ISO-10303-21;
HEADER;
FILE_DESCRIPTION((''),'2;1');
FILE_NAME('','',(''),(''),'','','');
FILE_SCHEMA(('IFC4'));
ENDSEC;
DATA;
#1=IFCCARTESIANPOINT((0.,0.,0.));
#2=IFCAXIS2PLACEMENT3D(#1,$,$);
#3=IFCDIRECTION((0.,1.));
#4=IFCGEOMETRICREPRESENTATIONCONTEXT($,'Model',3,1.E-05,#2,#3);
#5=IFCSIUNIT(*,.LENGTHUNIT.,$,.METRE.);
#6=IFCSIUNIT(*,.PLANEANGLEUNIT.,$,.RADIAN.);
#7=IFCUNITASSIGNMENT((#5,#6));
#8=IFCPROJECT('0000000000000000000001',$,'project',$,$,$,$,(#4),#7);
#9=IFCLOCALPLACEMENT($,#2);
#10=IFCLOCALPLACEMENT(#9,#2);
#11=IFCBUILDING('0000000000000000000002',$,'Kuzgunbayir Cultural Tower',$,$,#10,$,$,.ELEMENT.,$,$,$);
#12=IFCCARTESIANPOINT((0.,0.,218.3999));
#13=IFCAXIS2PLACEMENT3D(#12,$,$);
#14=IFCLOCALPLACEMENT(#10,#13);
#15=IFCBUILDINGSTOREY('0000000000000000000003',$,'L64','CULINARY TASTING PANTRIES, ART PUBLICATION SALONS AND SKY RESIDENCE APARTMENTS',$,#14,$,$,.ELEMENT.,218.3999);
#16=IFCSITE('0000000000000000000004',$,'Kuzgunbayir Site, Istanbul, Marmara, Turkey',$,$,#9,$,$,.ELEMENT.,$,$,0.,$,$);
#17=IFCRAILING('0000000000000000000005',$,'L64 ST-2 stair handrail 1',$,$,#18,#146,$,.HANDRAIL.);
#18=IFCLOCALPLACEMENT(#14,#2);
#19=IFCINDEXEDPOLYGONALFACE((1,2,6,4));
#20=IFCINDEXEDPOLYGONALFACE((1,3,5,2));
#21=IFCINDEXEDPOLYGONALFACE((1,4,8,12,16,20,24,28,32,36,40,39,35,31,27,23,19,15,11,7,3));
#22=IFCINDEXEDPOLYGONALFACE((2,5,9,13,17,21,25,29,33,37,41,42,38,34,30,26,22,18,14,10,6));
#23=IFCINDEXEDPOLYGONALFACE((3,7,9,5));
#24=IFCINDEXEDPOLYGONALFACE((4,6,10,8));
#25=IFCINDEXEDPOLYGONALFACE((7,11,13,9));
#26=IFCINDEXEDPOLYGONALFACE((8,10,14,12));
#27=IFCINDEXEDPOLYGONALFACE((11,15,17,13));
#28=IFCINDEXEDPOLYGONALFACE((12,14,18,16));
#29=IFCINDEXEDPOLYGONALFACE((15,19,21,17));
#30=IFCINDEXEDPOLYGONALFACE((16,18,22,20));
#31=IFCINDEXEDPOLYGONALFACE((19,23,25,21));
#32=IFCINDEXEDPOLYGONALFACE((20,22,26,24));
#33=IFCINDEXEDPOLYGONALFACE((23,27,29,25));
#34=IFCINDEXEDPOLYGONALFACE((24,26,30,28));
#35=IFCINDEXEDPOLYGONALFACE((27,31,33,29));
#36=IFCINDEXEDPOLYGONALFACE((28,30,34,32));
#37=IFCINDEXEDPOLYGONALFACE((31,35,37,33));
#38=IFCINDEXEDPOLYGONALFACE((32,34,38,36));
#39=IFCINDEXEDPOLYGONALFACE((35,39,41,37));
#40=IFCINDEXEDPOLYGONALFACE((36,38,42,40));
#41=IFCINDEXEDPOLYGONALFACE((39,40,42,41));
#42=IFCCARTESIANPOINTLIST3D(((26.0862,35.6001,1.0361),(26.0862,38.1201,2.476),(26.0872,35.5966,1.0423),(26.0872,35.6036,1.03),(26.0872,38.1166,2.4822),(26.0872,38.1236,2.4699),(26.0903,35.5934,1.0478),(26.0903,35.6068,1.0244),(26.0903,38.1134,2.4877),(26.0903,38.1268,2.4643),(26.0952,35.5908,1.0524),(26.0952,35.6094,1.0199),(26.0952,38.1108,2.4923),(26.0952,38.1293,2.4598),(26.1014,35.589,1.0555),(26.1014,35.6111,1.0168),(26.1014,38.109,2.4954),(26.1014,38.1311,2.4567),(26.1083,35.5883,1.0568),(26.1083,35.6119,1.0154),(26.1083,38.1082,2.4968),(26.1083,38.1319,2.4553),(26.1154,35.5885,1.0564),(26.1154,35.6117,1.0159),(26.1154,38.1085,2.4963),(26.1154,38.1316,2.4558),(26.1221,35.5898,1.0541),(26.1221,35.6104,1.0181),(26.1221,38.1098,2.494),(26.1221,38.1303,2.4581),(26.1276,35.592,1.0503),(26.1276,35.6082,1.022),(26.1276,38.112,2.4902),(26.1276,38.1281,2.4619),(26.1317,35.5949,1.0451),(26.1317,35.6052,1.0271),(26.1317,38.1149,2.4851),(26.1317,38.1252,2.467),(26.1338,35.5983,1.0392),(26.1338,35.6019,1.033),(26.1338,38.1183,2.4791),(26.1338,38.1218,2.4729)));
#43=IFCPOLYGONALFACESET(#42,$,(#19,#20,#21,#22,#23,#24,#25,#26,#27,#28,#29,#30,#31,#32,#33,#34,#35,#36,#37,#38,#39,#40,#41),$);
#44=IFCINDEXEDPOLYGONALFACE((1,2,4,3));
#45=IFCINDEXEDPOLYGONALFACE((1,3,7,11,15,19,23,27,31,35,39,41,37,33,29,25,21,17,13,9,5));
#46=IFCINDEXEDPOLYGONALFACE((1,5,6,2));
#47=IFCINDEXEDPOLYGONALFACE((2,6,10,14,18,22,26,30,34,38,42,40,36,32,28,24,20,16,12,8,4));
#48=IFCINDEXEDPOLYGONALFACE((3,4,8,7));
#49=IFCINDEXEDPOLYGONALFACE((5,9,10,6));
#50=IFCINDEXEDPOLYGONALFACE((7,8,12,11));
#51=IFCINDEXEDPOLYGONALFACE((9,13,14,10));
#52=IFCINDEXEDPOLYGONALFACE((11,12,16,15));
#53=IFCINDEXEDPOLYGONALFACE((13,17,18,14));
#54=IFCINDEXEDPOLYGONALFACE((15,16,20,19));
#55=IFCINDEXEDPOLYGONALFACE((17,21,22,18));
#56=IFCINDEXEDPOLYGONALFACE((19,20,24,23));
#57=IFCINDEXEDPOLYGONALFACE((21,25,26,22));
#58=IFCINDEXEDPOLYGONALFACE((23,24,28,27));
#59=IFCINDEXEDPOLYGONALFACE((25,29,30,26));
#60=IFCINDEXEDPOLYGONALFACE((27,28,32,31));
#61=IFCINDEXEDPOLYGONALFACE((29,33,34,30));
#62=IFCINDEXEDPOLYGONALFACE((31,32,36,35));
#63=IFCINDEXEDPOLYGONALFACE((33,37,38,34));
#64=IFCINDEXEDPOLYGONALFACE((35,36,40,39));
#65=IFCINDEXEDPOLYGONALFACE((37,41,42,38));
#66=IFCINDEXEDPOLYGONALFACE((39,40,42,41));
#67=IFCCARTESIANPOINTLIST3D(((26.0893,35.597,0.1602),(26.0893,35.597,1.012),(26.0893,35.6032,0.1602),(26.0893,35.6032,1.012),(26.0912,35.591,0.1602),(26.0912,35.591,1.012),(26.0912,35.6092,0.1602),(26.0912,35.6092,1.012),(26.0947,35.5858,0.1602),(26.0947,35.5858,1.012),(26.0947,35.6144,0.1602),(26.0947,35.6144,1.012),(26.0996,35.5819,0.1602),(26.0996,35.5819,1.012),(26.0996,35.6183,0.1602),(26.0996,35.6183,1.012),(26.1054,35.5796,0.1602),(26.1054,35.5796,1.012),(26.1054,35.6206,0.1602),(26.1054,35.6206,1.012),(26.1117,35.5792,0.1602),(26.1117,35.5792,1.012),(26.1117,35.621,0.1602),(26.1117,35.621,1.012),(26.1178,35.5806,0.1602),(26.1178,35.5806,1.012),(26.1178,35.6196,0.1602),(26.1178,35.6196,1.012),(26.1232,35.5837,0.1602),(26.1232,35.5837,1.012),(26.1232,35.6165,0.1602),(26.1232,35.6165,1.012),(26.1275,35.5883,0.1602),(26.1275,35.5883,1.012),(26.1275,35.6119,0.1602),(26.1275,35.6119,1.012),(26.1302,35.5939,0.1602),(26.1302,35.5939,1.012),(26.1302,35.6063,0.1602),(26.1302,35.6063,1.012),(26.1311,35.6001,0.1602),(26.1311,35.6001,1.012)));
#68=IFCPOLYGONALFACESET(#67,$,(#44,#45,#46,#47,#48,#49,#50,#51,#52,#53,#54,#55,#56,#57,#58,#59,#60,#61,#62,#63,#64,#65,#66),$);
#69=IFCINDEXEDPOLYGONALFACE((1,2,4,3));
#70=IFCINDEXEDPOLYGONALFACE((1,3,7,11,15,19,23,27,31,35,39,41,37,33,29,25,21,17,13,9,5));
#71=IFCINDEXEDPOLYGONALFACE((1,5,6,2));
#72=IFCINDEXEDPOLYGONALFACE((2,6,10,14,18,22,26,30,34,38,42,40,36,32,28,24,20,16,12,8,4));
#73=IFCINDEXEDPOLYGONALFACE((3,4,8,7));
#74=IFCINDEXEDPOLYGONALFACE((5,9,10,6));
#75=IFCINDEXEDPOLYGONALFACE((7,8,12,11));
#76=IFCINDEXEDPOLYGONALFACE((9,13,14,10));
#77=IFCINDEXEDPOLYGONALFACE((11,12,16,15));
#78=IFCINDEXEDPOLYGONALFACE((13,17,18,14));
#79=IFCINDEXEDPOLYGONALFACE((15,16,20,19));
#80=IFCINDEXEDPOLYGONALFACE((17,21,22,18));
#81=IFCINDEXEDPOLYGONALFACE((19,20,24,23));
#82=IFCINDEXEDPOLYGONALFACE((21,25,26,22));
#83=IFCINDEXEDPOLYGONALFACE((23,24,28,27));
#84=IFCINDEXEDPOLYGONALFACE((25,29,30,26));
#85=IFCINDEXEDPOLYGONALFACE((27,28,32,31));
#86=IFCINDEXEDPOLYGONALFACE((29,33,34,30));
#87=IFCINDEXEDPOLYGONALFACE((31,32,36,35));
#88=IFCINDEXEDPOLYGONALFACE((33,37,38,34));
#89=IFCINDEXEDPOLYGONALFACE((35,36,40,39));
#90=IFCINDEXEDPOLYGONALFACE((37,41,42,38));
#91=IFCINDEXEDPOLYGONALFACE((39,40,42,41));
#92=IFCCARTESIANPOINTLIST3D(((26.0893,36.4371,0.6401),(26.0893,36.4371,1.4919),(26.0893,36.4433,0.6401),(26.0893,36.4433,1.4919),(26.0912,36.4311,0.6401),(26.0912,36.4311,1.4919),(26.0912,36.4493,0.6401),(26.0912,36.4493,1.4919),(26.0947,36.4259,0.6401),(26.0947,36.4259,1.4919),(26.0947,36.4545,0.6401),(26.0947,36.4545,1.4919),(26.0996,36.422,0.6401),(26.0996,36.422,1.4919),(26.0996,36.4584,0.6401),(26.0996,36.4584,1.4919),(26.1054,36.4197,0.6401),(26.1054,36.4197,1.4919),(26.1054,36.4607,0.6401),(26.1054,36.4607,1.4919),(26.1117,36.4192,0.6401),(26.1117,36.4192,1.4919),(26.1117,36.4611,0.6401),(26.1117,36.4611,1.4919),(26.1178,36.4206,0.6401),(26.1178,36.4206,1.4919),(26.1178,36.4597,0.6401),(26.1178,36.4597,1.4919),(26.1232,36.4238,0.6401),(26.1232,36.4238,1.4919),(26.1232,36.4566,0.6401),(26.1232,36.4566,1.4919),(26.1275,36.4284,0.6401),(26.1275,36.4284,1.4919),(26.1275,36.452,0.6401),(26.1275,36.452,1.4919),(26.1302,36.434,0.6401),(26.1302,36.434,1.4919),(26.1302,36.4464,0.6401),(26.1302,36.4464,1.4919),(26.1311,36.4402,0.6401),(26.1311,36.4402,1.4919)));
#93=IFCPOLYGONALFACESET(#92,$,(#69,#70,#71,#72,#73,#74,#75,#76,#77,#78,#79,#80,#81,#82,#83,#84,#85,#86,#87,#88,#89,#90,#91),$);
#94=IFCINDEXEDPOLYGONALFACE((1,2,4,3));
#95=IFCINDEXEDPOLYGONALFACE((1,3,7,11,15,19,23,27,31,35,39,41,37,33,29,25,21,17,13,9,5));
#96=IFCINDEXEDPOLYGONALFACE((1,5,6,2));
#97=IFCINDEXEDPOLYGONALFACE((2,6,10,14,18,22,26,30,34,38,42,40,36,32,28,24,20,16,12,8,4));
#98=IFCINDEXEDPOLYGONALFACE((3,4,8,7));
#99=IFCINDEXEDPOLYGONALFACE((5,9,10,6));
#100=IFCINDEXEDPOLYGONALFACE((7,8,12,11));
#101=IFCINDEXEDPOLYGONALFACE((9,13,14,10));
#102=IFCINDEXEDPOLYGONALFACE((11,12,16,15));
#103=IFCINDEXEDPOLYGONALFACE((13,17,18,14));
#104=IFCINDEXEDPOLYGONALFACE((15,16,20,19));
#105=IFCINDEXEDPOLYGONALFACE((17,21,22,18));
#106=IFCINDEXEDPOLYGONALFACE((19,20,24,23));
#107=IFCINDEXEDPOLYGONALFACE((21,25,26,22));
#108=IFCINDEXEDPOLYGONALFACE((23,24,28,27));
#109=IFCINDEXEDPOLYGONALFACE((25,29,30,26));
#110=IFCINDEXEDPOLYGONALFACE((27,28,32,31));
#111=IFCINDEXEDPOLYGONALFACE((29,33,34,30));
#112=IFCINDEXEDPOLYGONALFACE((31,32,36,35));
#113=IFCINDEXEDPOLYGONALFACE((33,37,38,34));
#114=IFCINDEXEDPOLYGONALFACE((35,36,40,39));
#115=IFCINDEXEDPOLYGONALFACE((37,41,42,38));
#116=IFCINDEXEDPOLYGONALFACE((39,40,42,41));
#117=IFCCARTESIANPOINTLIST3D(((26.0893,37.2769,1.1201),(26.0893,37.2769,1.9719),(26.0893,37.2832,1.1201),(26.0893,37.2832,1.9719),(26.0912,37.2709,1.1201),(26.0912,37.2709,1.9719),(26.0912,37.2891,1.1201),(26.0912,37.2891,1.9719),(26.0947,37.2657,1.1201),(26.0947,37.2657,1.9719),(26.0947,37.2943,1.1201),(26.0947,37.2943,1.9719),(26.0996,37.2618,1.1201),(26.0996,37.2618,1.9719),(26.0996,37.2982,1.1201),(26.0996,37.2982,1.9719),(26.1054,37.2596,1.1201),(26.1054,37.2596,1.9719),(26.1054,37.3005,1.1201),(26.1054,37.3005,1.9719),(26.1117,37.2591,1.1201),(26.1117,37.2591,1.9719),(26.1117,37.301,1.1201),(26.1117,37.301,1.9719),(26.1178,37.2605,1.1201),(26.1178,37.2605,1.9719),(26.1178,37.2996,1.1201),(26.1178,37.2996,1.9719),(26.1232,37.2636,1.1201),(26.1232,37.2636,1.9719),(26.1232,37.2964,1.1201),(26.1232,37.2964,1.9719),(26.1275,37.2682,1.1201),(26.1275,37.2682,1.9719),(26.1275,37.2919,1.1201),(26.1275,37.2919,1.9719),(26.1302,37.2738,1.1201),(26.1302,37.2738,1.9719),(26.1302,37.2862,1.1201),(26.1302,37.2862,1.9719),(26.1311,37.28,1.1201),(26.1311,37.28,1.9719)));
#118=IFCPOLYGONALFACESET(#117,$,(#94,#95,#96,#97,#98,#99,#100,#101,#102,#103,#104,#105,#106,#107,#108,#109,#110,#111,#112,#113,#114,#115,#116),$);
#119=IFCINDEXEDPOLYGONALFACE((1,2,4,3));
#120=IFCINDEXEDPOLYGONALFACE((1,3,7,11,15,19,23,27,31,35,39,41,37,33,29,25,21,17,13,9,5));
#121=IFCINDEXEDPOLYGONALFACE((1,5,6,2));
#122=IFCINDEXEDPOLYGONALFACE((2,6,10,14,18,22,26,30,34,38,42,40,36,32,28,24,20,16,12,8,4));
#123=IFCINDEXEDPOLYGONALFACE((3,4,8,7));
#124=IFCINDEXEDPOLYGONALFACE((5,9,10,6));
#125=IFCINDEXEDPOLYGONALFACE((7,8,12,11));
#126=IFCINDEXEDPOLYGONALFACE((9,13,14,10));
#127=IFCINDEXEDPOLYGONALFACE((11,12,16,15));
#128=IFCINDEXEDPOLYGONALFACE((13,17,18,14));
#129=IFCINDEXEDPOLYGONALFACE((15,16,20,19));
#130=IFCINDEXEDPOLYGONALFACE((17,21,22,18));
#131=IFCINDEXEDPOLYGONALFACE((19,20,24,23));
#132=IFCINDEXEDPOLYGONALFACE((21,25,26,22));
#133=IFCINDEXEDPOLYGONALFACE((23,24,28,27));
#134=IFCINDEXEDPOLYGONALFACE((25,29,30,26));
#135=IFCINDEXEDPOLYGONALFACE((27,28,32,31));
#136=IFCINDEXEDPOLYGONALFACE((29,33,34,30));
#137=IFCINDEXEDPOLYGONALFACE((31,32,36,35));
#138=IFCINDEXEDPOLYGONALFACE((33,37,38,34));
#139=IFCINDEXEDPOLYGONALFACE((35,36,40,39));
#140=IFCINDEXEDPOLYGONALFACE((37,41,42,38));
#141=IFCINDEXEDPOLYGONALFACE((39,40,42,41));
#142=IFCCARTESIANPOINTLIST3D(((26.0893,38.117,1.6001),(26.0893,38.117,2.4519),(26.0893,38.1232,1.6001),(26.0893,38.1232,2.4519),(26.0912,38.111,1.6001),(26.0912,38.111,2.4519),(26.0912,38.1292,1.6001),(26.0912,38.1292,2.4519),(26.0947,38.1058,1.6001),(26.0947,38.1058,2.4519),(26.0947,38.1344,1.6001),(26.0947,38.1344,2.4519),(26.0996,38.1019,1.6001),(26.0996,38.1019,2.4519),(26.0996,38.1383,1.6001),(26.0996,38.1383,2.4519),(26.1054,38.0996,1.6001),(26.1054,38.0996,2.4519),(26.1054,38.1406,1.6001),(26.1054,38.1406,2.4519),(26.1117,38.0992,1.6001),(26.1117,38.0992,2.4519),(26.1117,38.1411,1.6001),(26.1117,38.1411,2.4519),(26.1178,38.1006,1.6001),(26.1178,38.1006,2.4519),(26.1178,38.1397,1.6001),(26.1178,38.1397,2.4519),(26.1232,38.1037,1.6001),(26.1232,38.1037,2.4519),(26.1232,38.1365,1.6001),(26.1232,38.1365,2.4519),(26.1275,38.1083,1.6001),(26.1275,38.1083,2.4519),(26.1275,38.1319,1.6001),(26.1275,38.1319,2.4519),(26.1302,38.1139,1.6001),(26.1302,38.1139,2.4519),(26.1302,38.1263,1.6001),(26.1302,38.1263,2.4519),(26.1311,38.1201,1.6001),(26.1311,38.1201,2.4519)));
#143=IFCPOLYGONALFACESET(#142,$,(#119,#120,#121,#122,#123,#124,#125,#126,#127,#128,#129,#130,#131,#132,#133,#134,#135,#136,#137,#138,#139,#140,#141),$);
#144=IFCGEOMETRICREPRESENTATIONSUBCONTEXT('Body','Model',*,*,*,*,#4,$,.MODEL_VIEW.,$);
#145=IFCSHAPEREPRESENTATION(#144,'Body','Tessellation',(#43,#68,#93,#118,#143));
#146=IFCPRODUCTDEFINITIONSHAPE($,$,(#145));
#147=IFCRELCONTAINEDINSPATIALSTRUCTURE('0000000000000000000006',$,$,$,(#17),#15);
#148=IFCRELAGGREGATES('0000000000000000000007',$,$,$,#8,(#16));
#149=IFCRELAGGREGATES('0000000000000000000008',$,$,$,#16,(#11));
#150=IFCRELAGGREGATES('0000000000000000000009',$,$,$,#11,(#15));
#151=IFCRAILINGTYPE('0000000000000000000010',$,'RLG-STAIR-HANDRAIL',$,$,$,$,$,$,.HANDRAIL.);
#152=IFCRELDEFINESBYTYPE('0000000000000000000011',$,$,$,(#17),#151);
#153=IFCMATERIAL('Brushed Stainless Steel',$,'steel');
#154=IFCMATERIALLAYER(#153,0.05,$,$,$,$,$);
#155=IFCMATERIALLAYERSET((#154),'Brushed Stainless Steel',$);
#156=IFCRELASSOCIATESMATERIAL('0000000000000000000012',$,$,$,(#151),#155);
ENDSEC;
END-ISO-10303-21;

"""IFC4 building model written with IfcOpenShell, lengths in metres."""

from ifc_helpers import new_model, si_unit, direction, frame, origin, origin_2d, place, context, subcontext, project, spatial, circle, extrude, material, layer, layer_set, type_object, element, save


model = new_model("IFC4")

# Units and contexts
model_context = context("Model", 3, precision=1e-05, world=origin(), true_north=direction((0.0, 1.0)))
body_context = subcontext(model_context, "Body", "Model", "MODEL_VIEW")
ifc_project = project(units=[si_unit("LENGTHUNIT", "METRE"), si_unit("PLANEANGLEUNIT", "RADIAN")], contexts=[model_context])

# Site, building, storey
site_placement = place(None, origin())
site = spatial("IfcSite", under=ifc_project, at=site_placement, Name="Kuzgunbayir Site, Istanbul, Marmara, Turkey", CompositionType="ELEMENT", RefElevation=0.0)
building_placement = place(site_placement, origin())
building = spatial("IfcBuilding", under=site, at=building_placement, Name="Kuzgunbayir Cultural Tower", CompositionType="ELEMENT")
storey_placement = place(building_placement, frame((0.0, 0.0, 218.3999)))
storey = spatial("IfcBuildingStorey", under=building, at=storey_placement, Name="L64", Description="CULINARY TASTING PANTRIES, ART PUBLICATION SALONS AND SKY RESIDENCE APARTMENTS", CompositionType="ELEMENT", Elevation=218.3999)

# Shared definitions
ifc_material_1 = material(Name="Brushed Stainless Steel", Category="steel")

# Railing
ifc_layer_1 = layer(ifc_material_1, 0.05)
ifc_layer_set_1 = layer_set([ifc_layer_1], Name="Brushed Stainless Steel")
railing_type_1 = type_object("IfcRailingType", Name="RLG-STAIR-HANDRAIL", PredefinedType="HANDRAIL", material=ifc_layer_set_1)
railing_1_placement = place(storey_placement, frame((26.1101, 35.6001, 0.1602)))
element("IfcRailing", 1, at=railing_1_placement, inside=storey, type_object=railing_type_1, Name="L64 ST-2 stair handrail 1", PredefinedType="HANDRAIL", context=body_context, shape_type="SweptSolid", body=[
    extrude(circle(Radius=0.0239, at=origin_2d()), frame((0.0, 0.0, 0.876), z_axis=(0.0, 0.868253, 0.496121), x_axis=(-1.0, 0.0, 0.0)), (0.0, 0.0, 1.0), 2.9023),
    extrude(circle(Radius=0.021, at=origin_2d()), origin(), (0.0, 0.0, 1.0), 0.8518),
    extrude(circle(Radius=0.021, at=origin_2d()), frame((0.0, 0.8401, 0.48)), (0.0, 0.0, 1.0), 0.8518),
    extrude(circle(Radius=0.021, at=origin_2d()), frame((0.0, 1.6799, 0.96)), (0.0, 0.0, 1.0), 0.8518),
    extrude(circle(Radius=0.021, at=origin_2d()), frame((0.0, 2.52, 1.4399)), (0.0, 0.0, 1.0), 0.8518),
])

save(model, "model.ifc")
